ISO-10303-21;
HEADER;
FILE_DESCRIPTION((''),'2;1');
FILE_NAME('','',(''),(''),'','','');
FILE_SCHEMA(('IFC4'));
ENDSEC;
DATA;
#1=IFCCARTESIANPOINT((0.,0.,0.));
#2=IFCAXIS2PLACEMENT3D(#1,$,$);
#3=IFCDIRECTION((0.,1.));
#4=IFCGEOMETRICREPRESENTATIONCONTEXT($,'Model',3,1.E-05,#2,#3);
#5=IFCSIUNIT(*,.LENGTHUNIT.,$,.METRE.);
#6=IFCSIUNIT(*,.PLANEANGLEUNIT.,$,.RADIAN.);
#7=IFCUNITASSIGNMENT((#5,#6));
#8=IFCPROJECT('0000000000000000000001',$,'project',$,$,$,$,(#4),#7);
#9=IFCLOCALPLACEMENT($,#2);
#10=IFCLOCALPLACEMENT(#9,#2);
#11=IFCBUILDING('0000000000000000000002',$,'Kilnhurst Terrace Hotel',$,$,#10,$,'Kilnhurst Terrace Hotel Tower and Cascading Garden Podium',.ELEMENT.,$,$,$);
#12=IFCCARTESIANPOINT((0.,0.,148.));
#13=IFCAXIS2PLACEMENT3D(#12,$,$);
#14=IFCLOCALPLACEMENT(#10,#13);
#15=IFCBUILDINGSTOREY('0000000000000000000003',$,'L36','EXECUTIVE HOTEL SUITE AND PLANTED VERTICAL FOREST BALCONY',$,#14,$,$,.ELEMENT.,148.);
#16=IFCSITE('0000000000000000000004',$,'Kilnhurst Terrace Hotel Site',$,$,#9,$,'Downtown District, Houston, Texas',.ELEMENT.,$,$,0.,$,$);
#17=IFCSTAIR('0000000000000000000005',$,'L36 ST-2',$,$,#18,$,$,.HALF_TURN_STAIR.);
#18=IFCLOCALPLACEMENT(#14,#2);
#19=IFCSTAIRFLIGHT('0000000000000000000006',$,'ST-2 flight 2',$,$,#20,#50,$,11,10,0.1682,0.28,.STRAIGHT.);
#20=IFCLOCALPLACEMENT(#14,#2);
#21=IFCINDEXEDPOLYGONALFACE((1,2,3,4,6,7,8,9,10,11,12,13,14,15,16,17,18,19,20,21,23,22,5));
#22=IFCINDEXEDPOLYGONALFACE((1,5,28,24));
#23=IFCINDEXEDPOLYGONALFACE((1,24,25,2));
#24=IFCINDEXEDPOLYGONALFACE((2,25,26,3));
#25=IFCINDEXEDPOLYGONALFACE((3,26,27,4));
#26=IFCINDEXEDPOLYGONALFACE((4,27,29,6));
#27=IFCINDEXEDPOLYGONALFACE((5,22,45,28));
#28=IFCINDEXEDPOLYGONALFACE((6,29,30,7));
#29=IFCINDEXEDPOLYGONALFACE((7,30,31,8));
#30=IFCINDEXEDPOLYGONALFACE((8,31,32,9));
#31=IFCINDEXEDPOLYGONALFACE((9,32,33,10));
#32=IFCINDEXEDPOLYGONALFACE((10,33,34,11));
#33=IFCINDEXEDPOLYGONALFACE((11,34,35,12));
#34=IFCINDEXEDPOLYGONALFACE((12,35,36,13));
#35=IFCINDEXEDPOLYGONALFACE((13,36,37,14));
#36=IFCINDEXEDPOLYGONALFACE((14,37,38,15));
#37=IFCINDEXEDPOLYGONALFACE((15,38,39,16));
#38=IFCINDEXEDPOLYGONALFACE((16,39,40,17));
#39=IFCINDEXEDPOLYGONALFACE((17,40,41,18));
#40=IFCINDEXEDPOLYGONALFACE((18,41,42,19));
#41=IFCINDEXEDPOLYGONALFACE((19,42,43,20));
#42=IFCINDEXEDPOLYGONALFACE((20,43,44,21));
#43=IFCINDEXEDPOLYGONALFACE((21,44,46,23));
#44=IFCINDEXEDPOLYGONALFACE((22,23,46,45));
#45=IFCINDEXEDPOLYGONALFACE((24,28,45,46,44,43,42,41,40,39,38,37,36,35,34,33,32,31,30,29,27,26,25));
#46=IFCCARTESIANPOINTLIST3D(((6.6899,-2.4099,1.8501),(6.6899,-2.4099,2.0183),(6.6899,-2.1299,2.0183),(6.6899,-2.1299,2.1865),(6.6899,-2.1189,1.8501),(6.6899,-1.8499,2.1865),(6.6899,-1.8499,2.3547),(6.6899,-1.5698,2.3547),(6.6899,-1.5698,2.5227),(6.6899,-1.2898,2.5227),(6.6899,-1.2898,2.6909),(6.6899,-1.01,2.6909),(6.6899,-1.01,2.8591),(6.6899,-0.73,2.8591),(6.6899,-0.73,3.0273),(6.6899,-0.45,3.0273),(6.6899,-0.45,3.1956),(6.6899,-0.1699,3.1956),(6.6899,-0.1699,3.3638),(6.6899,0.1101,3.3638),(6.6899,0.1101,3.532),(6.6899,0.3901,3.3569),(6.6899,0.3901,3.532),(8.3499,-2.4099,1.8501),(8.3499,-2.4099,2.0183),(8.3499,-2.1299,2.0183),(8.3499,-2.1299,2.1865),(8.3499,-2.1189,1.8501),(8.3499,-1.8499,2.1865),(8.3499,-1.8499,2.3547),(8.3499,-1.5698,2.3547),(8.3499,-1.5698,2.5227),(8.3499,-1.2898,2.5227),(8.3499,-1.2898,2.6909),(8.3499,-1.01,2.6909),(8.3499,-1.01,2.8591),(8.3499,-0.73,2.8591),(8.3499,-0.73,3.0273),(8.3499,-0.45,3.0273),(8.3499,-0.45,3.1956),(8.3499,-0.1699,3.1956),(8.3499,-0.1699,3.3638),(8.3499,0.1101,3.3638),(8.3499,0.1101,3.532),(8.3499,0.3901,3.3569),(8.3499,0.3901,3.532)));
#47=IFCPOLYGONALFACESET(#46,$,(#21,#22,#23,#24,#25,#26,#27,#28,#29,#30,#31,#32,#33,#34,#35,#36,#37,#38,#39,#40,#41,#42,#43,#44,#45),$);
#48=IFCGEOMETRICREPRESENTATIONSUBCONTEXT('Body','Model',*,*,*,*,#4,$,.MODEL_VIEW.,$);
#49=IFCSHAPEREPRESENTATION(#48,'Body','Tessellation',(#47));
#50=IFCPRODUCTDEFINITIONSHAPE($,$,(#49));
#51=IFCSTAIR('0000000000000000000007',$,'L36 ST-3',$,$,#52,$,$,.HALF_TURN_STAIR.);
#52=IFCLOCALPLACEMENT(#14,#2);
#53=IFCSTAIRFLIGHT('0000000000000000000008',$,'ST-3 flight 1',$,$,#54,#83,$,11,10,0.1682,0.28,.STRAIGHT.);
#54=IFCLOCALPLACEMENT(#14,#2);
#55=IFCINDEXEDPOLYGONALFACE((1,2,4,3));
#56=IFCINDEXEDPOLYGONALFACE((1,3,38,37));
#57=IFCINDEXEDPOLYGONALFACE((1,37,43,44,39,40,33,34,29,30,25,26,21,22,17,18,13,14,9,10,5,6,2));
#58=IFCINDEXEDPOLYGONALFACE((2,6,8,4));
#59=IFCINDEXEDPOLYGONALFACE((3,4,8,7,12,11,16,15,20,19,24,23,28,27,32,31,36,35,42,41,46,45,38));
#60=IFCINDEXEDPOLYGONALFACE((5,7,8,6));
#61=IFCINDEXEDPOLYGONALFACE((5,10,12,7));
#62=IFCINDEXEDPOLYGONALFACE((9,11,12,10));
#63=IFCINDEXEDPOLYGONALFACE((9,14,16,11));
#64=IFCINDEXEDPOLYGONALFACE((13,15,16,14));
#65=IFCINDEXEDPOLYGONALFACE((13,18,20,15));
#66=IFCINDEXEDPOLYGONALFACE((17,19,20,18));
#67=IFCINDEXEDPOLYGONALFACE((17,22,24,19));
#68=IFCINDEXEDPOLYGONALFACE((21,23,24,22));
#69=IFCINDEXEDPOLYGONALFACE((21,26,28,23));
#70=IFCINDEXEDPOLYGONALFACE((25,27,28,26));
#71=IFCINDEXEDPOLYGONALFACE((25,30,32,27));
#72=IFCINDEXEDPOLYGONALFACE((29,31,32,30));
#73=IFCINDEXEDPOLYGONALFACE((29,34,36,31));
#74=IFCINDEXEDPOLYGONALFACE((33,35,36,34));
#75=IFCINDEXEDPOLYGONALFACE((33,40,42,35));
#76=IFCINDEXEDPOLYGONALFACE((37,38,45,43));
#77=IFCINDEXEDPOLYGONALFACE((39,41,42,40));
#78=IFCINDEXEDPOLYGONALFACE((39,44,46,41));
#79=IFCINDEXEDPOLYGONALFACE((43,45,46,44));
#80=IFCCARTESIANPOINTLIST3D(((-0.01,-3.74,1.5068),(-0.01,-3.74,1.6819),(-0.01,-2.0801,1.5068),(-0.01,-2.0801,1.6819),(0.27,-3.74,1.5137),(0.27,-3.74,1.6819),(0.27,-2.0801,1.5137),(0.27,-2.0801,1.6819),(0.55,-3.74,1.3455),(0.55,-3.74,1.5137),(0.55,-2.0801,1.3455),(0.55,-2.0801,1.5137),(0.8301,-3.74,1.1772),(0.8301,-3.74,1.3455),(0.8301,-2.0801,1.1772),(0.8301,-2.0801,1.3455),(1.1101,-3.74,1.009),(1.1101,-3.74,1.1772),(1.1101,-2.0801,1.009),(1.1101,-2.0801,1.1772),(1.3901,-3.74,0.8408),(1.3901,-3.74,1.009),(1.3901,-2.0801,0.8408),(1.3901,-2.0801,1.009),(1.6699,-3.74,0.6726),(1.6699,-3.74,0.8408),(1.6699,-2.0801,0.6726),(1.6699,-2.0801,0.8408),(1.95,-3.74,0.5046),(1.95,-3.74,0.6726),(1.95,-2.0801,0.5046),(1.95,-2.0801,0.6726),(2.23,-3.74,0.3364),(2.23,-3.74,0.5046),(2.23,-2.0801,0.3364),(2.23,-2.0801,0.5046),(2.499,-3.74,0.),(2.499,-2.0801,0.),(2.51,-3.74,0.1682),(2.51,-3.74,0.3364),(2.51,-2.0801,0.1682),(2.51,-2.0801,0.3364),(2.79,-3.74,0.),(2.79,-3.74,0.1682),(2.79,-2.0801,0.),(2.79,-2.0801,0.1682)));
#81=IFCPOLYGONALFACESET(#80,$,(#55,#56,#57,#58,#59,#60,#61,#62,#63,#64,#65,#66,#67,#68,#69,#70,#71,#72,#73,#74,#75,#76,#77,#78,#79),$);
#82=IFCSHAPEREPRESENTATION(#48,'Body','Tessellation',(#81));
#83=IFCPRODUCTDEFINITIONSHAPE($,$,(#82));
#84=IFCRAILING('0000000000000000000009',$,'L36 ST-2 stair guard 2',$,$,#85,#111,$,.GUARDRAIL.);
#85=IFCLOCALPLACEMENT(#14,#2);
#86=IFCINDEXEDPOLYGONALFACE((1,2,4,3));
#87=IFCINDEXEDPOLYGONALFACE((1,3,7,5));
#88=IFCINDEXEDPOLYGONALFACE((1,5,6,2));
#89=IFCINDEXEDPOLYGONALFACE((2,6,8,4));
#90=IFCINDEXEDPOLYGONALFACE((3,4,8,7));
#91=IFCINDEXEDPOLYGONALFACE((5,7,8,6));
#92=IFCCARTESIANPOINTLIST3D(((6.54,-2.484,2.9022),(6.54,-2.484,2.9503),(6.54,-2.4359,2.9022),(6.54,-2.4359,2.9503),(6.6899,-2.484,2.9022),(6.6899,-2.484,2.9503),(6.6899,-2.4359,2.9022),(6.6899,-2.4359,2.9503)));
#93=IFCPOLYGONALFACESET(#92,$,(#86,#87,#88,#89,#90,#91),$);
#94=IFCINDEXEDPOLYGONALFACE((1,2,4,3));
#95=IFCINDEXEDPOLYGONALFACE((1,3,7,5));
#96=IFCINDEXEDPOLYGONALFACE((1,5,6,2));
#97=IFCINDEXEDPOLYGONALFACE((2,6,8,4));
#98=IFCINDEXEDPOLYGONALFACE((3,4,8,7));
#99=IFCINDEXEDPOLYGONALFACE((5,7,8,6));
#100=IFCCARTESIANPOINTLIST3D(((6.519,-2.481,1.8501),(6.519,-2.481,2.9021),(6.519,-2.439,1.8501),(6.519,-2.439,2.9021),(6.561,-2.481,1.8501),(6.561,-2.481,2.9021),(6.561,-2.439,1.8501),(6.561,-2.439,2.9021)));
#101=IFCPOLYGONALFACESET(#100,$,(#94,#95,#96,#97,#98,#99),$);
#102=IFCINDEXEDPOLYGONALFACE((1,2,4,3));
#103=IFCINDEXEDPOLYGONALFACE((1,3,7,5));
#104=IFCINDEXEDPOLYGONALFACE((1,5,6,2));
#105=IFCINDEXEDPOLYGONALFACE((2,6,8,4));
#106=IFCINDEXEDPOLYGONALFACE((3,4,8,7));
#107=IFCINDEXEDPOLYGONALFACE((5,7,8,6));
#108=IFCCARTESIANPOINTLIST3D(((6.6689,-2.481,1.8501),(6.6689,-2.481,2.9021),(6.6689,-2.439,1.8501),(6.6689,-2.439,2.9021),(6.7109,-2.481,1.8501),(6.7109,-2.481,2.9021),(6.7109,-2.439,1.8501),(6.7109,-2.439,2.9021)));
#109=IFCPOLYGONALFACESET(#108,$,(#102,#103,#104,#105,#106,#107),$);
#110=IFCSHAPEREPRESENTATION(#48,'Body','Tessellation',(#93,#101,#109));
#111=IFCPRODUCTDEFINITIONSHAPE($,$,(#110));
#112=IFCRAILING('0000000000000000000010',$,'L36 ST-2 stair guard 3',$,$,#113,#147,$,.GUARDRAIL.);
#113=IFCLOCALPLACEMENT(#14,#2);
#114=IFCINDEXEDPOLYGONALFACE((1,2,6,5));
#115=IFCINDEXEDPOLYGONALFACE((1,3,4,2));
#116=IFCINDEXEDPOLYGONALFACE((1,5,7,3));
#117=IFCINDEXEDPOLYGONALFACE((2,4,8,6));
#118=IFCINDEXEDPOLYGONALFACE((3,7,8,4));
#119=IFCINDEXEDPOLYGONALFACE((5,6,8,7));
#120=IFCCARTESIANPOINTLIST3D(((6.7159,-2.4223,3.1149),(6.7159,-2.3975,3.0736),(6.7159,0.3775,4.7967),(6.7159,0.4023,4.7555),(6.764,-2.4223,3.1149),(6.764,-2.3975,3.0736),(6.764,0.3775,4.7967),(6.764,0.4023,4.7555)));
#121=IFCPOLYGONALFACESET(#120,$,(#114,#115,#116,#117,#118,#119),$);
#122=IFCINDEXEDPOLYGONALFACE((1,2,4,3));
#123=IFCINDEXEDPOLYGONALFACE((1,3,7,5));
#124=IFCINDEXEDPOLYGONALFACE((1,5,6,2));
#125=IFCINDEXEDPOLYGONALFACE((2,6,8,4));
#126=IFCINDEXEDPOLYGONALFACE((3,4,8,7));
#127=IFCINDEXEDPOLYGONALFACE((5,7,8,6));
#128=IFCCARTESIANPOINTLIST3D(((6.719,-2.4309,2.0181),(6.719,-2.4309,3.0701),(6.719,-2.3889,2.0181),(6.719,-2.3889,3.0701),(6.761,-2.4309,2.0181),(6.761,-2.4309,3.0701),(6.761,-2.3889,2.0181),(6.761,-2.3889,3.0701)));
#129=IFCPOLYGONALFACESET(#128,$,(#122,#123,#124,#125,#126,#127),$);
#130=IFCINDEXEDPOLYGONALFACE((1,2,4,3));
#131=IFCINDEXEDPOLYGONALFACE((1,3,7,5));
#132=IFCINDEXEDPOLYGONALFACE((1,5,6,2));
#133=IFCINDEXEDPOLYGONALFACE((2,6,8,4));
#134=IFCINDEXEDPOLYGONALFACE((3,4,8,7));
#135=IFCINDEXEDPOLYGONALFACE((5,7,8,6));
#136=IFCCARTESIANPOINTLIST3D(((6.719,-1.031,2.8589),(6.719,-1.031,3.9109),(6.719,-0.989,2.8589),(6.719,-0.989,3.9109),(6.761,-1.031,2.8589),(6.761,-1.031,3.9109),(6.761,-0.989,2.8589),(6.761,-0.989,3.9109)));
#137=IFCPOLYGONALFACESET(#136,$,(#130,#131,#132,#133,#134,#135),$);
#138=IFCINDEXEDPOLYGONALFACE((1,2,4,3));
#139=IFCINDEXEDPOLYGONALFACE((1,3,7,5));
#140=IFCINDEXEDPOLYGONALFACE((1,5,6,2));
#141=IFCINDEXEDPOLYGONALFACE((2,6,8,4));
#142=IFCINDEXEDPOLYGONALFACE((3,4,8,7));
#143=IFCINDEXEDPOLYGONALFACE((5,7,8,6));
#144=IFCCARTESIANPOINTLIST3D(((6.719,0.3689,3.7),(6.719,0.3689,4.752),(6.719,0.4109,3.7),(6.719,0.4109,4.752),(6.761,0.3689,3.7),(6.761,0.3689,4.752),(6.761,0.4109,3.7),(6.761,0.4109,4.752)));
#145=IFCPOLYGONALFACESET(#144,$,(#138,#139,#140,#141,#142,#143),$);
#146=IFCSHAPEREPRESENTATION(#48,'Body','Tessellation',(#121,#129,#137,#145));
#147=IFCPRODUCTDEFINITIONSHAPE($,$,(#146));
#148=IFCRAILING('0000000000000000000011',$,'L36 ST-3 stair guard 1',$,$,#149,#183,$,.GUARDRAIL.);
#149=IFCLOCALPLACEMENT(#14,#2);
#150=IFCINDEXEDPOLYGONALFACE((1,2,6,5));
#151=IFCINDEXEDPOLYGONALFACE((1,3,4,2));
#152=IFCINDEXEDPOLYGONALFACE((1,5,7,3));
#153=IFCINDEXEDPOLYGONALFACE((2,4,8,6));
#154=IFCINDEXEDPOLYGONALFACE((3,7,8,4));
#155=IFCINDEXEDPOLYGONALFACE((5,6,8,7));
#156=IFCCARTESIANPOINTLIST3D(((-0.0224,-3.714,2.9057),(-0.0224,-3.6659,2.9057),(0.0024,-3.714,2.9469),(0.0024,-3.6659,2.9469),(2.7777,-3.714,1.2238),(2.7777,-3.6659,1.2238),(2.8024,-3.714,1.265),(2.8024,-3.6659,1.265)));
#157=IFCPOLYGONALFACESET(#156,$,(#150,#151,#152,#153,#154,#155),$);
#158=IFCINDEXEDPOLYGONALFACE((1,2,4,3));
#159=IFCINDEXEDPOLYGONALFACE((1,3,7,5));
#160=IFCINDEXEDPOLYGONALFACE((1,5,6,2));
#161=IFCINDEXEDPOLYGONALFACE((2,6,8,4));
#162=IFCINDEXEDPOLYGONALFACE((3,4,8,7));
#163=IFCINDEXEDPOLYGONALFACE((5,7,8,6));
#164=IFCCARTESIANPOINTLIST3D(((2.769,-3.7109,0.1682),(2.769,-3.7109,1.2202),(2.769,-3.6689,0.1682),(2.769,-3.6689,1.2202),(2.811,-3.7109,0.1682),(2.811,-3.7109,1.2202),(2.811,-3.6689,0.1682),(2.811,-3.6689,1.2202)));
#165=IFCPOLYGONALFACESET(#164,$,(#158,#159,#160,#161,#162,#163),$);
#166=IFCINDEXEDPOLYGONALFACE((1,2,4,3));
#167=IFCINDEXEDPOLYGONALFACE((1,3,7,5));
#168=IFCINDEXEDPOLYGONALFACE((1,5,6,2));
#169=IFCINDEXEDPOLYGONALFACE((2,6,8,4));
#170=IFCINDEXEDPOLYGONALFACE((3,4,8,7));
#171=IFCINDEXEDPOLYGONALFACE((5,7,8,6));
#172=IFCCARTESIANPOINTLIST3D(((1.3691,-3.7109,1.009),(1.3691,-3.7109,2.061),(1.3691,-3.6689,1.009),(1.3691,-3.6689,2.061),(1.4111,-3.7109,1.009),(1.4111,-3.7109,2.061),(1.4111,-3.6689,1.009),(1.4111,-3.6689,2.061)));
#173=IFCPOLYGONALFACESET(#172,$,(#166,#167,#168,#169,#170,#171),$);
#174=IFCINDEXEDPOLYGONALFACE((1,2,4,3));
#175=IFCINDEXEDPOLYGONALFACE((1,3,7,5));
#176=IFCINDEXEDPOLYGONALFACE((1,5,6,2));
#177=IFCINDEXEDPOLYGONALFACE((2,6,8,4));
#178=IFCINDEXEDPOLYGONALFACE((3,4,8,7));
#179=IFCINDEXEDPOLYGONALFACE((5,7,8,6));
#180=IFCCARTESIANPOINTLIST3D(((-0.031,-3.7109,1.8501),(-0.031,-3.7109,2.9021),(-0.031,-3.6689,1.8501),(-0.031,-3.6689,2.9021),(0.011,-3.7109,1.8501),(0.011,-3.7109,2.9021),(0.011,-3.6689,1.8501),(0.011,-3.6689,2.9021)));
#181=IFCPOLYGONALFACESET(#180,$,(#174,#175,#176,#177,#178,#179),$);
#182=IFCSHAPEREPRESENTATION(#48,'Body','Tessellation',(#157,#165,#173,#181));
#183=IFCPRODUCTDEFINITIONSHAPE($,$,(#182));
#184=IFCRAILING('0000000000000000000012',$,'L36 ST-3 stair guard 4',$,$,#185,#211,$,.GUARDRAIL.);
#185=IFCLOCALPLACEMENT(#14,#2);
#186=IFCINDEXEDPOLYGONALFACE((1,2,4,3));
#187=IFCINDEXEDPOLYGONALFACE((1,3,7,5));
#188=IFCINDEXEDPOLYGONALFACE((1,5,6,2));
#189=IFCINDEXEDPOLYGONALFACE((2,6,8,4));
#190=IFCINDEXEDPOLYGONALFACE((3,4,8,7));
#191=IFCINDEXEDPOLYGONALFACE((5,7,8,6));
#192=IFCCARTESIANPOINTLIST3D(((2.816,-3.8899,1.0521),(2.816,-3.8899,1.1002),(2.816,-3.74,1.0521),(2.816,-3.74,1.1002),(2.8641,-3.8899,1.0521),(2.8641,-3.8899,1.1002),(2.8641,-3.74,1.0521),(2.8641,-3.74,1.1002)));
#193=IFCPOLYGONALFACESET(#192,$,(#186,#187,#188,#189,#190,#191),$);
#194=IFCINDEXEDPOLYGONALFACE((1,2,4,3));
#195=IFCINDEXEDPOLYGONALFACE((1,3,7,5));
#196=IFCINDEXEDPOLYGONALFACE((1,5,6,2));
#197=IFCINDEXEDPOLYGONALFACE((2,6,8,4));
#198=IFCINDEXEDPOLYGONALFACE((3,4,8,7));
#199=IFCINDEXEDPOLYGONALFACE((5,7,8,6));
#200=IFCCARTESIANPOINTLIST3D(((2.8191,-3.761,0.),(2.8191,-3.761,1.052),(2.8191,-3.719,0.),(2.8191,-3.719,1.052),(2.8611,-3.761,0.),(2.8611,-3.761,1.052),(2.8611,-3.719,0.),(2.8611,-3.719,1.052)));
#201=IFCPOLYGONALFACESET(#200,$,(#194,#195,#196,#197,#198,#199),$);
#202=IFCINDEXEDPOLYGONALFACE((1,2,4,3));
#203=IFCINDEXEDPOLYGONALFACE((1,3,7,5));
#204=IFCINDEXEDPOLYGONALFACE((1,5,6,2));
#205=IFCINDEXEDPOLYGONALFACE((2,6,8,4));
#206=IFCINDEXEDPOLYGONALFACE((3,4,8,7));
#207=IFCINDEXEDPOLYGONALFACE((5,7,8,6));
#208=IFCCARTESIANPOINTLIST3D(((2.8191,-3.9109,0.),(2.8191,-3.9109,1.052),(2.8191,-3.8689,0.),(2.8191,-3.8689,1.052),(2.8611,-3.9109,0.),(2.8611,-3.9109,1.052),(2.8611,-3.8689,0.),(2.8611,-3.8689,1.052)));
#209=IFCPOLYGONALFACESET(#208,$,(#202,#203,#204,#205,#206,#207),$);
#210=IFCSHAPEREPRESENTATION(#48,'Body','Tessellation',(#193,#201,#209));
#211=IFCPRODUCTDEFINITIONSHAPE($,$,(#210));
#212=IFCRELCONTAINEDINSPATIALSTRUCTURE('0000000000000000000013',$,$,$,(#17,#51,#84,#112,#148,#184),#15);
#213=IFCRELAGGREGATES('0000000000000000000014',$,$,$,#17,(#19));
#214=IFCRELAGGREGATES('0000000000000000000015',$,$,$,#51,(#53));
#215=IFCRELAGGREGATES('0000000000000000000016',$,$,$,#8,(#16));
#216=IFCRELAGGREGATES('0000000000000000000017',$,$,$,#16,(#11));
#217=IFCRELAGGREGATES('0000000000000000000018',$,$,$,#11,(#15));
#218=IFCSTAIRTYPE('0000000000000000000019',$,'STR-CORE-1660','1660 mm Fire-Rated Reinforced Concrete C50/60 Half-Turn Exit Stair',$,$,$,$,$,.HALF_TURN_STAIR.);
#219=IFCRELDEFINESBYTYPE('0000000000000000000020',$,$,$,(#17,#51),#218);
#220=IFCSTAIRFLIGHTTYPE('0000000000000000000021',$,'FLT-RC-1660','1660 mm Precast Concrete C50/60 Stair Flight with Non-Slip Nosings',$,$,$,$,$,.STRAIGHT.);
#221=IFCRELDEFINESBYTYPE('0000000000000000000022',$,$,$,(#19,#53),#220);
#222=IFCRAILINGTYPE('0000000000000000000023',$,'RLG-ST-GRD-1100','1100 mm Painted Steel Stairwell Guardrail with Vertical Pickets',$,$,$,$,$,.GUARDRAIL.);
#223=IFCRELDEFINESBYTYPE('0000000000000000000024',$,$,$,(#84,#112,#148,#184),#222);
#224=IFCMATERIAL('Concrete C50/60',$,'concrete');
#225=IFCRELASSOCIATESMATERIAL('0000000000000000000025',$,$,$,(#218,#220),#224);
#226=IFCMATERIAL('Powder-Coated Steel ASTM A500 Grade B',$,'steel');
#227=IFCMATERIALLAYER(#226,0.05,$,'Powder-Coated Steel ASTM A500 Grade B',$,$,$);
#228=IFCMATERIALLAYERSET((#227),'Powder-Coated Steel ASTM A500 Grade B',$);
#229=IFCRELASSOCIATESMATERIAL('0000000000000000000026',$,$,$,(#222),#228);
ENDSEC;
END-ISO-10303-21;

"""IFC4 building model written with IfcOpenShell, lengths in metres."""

from ifc_helpers import new_model, si_unit, direction, frame, origin, origin_2d, place, context, subcontext, project, spatial, polyline, rectangle, outline, extrude, material, layer, layer_set, type_object, element, aggregate, save


model = new_model("IFC4")

# Units and contexts
model_context = context("Model", 3, precision=1e-05, world=origin(), true_north=direction((0.0, 1.0)))
body_context = subcontext(model_context, "Body", "Model", "MODEL_VIEW")
ifc_project = project(units=[si_unit("LENGTHUNIT", "METRE"), si_unit("PLANEANGLEUNIT", "RADIAN")], contexts=[model_context])

# Site, building, storey
site_placement = place(None, origin())
site = spatial("IfcSite", under=ifc_project, at=site_placement, Name="Kilnhurst Terrace Hotel Site", LongName="Downtown District, Houston, Texas", CompositionType="ELEMENT", RefElevation=0.0)
building_placement = place(site_placement, origin())
building = spatial("IfcBuilding", under=site, at=building_placement, Name="Kilnhurst Terrace Hotel", LongName="Kilnhurst Terrace Hotel Tower and Cascading Garden Podium", CompositionType="ELEMENT")
storey_placement = place(building_placement, frame((0.0, 0.0, 148.0)))
storey = spatial("IfcBuildingStorey", under=building, at=storey_placement, Name="L36", Description="EXECUTIVE HOTEL SUITE AND PLANTED VERTICAL FOREST BALCONY", CompositionType="ELEMENT", Elevation=148.0)

# Shared definitions
ifc_material_1 = material(Name="Concrete C50/60", Category="concrete")

# Stairs, stair flights
stair_type = type_object("IfcStairType", Name="STR-CORE-1660", Description="1660 mm Fire-Rated Reinforced Concrete C50/60 Half-Turn Exit Stair", PredefinedType="HALF_TURN_STAIR", material=ifc_material_1)
stair_1_placement = place(storey_placement, origin())
stair_1 = element("IfcStair", 1, at=stair_1_placement, inside=storey, type_object=stair_type, Name="L36 ST-2", PredefinedType="HALF_TURN_STAIR")
stair_flight_type = type_object("IfcStairFlightType", Name="FLT-RC-1660", Description="1660 mm Precast Concrete C50/60 Stair Flight with Non-Slip Nosings", PredefinedType="STRAIGHT", material=ifc_material_1)
stair_flight_1_placement = place(storey_placement, frame((7.52, -2.4099, 1.8501), z_axis=(0.0, 0.0, 1.0), x_axis=(0.0, 1.0, 0.0)))
stair_flight_1 = element("IfcStairFlight", 2, at=stair_flight_1_placement, type_object=stair_flight_type, Name="ST-2 flight 2", NumberOfRisers=11, NumberOfTreads=10, PredefinedType="STRAIGHT", RiserHeight=0.1682, TreadLength=0.28, context=body_context, shape_type="SweptSolid", body=[
    extrude(outline(polyline([(0.0, 0.0), (0.0, 0.1682), (0.28, 0.1682), (0.28, 0.3364), (0.5601, 0.3364), (0.5601, 0.5046), (0.8401, 0.5046), (0.8401, 0.6726), (1.1201, 0.6726), (1.1201, 0.8408), (1.3999, 0.8408), (1.3999, 1.009), (1.6799, 1.009), (1.6799, 1.1772), (1.96, 1.1772), (1.96, 1.3455), (2.24, 1.3455), (2.24, 1.5137), (2.52, 1.5137), (2.52, 1.6819), (2.8, 1.6819), (2.8, 1.8501), (2.8, 1.5068), (0.291, 0.0), (0.0, 0.0)])), frame((0.0, 0.8301, 0.0), z_axis=(0.0, -1.0, 0.0), x_axis=(1.0, 0.0, 0.0)), (0.0, 0.0, 1.0), 1.6599),
])
aggregate(stair_1, [stair_flight_1])
stair_2_placement = place(storey_placement, origin())
stair_2 = element("IfcStair", 3, at=stair_2_placement, inside=storey, type_object=stair_type, Name="L36 ST-3", PredefinedType="HALF_TURN_STAIR")
stair_flight_2_placement = place(storey_placement, frame((2.79, -2.9099, 0.0), z_axis=(0.0, 0.0, 1.0), x_axis=(-1.0, 0.0, 0.0)))
stair_flight_2 = element("IfcStairFlight", 4, at=stair_flight_2_placement, type_object=stair_flight_type, Name="ST-3 flight 1", NumberOfRisers=11, NumberOfTreads=10, PredefinedType="STRAIGHT", RiserHeight=0.1682, TreadLength=0.28, context=body_context, shape_type="SweptSolid", body=[
    extrude(outline(polyline([(0.0, 0.0), (0.0, 0.1682), (0.28, 0.1682), (0.28, 0.3364), (0.5601, 0.3364), (0.5601, 0.5046), (0.8401, 0.5046), (0.8401, 0.6726), (1.1201, 0.6726), (1.1201, 0.8408), (1.3999, 0.8408), (1.3999, 1.009), (1.6799, 1.009), (1.6799, 1.1772), (1.96, 1.1772), (1.96, 1.3455), (2.24, 1.3455), (2.24, 1.5137), (2.52, 1.5137), (2.52, 1.6819), (2.8, 1.6819), (2.8, 1.8501), (2.8, 1.5068), (0.291, 0.0), (0.0, 0.0)])), frame((0.0, 0.8301, 0.0), z_axis=(0.0, -1.0, 0.0), x_axis=(1.0, 0.0, 0.0)), (0.0, 0.0, 1.0), 1.6599),
])
aggregate(stair_2, [stair_flight_2])

# Railings
ifc_material_2 = material(Name="Powder-Coated Steel ASTM A500 Grade B", Category="steel")
ifc_layer_1 = layer(ifc_material_2, 0.05, Name="Powder-Coated Steel ASTM A500 Grade B")
ifc_layer_set_1 = layer_set([ifc_layer_1], Name="Powder-Coated Steel ASTM A500 Grade B")
railing_type_1 = type_object("IfcRailingType", Name="RLG-ST-GRD-1100", Description="1100 mm Painted Steel Stairwell Guardrail with Vertical Pickets", PredefinedType="GUARDRAIL", material=ifc_layer_set_1)
railing_1_placement = place(storey_placement, frame((6.54, -2.46, 1.8501)))
element("IfcRailing", 5, at=railing_1_placement, inside=storey, type_object=railing_type_1, Name="L36 ST-2 stair guard 2", PredefinedType="GUARDRAIL", context=body_context, shape_type="SweptSolid", body=[
    extrude(rectangle(XDim=0.0481, YDim=0.0481, at=origin_2d()), frame((0.0, 0.0, 1.0762), z_axis=(1.0, 0.0, 0.0), x_axis=(0.0, 1.0, 0.0)), (0.0, 0.0, 1.0), 0.1499),
    extrude(rectangle(XDim=0.042, YDim=0.042, at=origin_2d()), origin(), (0.0, 0.0, 1.0), 1.052),
    extrude(rectangle(XDim=0.042, YDim=0.042, at=origin_2d()), frame((0.1499, 0.0, 0.0)), (0.0, 0.0, 1.0), 1.052),
])
railing_2_placement = place(storey_placement, frame((6.74, -2.4099, 2.0181)))
element("IfcRailing", 6, at=railing_2_placement, inside=storey, type_object=railing_type_1, Name="L36 ST-2 stair guard 3", PredefinedType="GUARDRAIL", context=body_context, shape_type="SweptSolid", body=[
    extrude(rectangle(XDim=0.0481, YDim=0.0481, at=origin_2d()), frame((0.0, 0.0, 1.0762), z_axis=(0.0, 0.857222, 0.514946), x_axis=(-1.0, 0.0, 0.0)), (0.0, 0.0, 1.0), 3.2661),
    extrude(rectangle(XDim=0.042, YDim=0.042, at=origin_2d()), origin(), (0.0, 0.0, 1.0), 1.052),
    extrude(rectangle(XDim=0.042, YDim=0.042, at=origin_2d()), frame((0.0, 1.3999, 0.8408)), (0.0, 0.0, 1.0), 1.052),
    extrude(rectangle(XDim=0.042, YDim=0.042, at=origin_2d()), frame((0.0, 2.7998, 1.6819)), (0.0, 0.0, 1.0), 1.052),
])
railing_3_placement = place(storey_placement, frame((2.79, -3.6899, 0.1682)))
element("IfcRailing", 7, at=railing_3_placement, inside=storey, type_object=railing_type_1, Name="L36 ST-3 stair guard 1", PredefinedType="GUARDRAIL", context=body_context, shape_type="SweptSolid", body=[
    extrude(rectangle(XDim=0.0481, YDim=0.0481, at=origin_2d()), frame((0.0, 0.0, 1.0762), z_axis=(-0.857242, 0.0, 0.514913), x_axis=(0.0, -1.0, 0.0)), (0.0, 0.0, 1.0), 3.2664),
    extrude(rectangle(XDim=0.042, YDim=0.042, at=origin_2d()), origin(), (0.0, 0.0, 1.0), 1.052),
    extrude(rectangle(XDim=0.042, YDim=0.042, at=origin_2d()), frame((-1.3999, 0.0, 0.8408)), (0.0, 0.0, 1.0), 1.052),
    extrude(rectangle(XDim=0.042, YDim=0.042, at=origin_2d()), frame((-2.8, 0.0, 1.6819)), (0.0, 0.0, 1.0), 1.052),
])
railing_4_placement = place(storey_placement, frame((2.8401, -3.74, 0.0)))
element("IfcRailing", 8, at=railing_4_placement, inside=storey, type_object=railing_type_1, Name="L36 ST-3 stair guard 4", PredefinedType="GUARDRAIL", context=body_context, shape_type="SweptSolid", body=[
    extrude(rectangle(XDim=0.0481, YDim=0.0481, at=origin_2d()), frame((0.0, 0.0, 1.0762), z_axis=(0.0, -1.0, 0.0), x_axis=(1.0, 0.0, 0.0)), (0.0, 0.0, 1.0), 0.1499),
    extrude(rectangle(XDim=0.042, YDim=0.042, at=origin_2d()), origin(), (0.0, 0.0, 1.0), 1.052),
    extrude(rectangle(XDim=0.042, YDim=0.042, at=origin_2d()), frame((0.0, -0.1499, 0.0)), (0.0, 0.0, 1.0), 1.052),
])

save(model, "model.ifc")
